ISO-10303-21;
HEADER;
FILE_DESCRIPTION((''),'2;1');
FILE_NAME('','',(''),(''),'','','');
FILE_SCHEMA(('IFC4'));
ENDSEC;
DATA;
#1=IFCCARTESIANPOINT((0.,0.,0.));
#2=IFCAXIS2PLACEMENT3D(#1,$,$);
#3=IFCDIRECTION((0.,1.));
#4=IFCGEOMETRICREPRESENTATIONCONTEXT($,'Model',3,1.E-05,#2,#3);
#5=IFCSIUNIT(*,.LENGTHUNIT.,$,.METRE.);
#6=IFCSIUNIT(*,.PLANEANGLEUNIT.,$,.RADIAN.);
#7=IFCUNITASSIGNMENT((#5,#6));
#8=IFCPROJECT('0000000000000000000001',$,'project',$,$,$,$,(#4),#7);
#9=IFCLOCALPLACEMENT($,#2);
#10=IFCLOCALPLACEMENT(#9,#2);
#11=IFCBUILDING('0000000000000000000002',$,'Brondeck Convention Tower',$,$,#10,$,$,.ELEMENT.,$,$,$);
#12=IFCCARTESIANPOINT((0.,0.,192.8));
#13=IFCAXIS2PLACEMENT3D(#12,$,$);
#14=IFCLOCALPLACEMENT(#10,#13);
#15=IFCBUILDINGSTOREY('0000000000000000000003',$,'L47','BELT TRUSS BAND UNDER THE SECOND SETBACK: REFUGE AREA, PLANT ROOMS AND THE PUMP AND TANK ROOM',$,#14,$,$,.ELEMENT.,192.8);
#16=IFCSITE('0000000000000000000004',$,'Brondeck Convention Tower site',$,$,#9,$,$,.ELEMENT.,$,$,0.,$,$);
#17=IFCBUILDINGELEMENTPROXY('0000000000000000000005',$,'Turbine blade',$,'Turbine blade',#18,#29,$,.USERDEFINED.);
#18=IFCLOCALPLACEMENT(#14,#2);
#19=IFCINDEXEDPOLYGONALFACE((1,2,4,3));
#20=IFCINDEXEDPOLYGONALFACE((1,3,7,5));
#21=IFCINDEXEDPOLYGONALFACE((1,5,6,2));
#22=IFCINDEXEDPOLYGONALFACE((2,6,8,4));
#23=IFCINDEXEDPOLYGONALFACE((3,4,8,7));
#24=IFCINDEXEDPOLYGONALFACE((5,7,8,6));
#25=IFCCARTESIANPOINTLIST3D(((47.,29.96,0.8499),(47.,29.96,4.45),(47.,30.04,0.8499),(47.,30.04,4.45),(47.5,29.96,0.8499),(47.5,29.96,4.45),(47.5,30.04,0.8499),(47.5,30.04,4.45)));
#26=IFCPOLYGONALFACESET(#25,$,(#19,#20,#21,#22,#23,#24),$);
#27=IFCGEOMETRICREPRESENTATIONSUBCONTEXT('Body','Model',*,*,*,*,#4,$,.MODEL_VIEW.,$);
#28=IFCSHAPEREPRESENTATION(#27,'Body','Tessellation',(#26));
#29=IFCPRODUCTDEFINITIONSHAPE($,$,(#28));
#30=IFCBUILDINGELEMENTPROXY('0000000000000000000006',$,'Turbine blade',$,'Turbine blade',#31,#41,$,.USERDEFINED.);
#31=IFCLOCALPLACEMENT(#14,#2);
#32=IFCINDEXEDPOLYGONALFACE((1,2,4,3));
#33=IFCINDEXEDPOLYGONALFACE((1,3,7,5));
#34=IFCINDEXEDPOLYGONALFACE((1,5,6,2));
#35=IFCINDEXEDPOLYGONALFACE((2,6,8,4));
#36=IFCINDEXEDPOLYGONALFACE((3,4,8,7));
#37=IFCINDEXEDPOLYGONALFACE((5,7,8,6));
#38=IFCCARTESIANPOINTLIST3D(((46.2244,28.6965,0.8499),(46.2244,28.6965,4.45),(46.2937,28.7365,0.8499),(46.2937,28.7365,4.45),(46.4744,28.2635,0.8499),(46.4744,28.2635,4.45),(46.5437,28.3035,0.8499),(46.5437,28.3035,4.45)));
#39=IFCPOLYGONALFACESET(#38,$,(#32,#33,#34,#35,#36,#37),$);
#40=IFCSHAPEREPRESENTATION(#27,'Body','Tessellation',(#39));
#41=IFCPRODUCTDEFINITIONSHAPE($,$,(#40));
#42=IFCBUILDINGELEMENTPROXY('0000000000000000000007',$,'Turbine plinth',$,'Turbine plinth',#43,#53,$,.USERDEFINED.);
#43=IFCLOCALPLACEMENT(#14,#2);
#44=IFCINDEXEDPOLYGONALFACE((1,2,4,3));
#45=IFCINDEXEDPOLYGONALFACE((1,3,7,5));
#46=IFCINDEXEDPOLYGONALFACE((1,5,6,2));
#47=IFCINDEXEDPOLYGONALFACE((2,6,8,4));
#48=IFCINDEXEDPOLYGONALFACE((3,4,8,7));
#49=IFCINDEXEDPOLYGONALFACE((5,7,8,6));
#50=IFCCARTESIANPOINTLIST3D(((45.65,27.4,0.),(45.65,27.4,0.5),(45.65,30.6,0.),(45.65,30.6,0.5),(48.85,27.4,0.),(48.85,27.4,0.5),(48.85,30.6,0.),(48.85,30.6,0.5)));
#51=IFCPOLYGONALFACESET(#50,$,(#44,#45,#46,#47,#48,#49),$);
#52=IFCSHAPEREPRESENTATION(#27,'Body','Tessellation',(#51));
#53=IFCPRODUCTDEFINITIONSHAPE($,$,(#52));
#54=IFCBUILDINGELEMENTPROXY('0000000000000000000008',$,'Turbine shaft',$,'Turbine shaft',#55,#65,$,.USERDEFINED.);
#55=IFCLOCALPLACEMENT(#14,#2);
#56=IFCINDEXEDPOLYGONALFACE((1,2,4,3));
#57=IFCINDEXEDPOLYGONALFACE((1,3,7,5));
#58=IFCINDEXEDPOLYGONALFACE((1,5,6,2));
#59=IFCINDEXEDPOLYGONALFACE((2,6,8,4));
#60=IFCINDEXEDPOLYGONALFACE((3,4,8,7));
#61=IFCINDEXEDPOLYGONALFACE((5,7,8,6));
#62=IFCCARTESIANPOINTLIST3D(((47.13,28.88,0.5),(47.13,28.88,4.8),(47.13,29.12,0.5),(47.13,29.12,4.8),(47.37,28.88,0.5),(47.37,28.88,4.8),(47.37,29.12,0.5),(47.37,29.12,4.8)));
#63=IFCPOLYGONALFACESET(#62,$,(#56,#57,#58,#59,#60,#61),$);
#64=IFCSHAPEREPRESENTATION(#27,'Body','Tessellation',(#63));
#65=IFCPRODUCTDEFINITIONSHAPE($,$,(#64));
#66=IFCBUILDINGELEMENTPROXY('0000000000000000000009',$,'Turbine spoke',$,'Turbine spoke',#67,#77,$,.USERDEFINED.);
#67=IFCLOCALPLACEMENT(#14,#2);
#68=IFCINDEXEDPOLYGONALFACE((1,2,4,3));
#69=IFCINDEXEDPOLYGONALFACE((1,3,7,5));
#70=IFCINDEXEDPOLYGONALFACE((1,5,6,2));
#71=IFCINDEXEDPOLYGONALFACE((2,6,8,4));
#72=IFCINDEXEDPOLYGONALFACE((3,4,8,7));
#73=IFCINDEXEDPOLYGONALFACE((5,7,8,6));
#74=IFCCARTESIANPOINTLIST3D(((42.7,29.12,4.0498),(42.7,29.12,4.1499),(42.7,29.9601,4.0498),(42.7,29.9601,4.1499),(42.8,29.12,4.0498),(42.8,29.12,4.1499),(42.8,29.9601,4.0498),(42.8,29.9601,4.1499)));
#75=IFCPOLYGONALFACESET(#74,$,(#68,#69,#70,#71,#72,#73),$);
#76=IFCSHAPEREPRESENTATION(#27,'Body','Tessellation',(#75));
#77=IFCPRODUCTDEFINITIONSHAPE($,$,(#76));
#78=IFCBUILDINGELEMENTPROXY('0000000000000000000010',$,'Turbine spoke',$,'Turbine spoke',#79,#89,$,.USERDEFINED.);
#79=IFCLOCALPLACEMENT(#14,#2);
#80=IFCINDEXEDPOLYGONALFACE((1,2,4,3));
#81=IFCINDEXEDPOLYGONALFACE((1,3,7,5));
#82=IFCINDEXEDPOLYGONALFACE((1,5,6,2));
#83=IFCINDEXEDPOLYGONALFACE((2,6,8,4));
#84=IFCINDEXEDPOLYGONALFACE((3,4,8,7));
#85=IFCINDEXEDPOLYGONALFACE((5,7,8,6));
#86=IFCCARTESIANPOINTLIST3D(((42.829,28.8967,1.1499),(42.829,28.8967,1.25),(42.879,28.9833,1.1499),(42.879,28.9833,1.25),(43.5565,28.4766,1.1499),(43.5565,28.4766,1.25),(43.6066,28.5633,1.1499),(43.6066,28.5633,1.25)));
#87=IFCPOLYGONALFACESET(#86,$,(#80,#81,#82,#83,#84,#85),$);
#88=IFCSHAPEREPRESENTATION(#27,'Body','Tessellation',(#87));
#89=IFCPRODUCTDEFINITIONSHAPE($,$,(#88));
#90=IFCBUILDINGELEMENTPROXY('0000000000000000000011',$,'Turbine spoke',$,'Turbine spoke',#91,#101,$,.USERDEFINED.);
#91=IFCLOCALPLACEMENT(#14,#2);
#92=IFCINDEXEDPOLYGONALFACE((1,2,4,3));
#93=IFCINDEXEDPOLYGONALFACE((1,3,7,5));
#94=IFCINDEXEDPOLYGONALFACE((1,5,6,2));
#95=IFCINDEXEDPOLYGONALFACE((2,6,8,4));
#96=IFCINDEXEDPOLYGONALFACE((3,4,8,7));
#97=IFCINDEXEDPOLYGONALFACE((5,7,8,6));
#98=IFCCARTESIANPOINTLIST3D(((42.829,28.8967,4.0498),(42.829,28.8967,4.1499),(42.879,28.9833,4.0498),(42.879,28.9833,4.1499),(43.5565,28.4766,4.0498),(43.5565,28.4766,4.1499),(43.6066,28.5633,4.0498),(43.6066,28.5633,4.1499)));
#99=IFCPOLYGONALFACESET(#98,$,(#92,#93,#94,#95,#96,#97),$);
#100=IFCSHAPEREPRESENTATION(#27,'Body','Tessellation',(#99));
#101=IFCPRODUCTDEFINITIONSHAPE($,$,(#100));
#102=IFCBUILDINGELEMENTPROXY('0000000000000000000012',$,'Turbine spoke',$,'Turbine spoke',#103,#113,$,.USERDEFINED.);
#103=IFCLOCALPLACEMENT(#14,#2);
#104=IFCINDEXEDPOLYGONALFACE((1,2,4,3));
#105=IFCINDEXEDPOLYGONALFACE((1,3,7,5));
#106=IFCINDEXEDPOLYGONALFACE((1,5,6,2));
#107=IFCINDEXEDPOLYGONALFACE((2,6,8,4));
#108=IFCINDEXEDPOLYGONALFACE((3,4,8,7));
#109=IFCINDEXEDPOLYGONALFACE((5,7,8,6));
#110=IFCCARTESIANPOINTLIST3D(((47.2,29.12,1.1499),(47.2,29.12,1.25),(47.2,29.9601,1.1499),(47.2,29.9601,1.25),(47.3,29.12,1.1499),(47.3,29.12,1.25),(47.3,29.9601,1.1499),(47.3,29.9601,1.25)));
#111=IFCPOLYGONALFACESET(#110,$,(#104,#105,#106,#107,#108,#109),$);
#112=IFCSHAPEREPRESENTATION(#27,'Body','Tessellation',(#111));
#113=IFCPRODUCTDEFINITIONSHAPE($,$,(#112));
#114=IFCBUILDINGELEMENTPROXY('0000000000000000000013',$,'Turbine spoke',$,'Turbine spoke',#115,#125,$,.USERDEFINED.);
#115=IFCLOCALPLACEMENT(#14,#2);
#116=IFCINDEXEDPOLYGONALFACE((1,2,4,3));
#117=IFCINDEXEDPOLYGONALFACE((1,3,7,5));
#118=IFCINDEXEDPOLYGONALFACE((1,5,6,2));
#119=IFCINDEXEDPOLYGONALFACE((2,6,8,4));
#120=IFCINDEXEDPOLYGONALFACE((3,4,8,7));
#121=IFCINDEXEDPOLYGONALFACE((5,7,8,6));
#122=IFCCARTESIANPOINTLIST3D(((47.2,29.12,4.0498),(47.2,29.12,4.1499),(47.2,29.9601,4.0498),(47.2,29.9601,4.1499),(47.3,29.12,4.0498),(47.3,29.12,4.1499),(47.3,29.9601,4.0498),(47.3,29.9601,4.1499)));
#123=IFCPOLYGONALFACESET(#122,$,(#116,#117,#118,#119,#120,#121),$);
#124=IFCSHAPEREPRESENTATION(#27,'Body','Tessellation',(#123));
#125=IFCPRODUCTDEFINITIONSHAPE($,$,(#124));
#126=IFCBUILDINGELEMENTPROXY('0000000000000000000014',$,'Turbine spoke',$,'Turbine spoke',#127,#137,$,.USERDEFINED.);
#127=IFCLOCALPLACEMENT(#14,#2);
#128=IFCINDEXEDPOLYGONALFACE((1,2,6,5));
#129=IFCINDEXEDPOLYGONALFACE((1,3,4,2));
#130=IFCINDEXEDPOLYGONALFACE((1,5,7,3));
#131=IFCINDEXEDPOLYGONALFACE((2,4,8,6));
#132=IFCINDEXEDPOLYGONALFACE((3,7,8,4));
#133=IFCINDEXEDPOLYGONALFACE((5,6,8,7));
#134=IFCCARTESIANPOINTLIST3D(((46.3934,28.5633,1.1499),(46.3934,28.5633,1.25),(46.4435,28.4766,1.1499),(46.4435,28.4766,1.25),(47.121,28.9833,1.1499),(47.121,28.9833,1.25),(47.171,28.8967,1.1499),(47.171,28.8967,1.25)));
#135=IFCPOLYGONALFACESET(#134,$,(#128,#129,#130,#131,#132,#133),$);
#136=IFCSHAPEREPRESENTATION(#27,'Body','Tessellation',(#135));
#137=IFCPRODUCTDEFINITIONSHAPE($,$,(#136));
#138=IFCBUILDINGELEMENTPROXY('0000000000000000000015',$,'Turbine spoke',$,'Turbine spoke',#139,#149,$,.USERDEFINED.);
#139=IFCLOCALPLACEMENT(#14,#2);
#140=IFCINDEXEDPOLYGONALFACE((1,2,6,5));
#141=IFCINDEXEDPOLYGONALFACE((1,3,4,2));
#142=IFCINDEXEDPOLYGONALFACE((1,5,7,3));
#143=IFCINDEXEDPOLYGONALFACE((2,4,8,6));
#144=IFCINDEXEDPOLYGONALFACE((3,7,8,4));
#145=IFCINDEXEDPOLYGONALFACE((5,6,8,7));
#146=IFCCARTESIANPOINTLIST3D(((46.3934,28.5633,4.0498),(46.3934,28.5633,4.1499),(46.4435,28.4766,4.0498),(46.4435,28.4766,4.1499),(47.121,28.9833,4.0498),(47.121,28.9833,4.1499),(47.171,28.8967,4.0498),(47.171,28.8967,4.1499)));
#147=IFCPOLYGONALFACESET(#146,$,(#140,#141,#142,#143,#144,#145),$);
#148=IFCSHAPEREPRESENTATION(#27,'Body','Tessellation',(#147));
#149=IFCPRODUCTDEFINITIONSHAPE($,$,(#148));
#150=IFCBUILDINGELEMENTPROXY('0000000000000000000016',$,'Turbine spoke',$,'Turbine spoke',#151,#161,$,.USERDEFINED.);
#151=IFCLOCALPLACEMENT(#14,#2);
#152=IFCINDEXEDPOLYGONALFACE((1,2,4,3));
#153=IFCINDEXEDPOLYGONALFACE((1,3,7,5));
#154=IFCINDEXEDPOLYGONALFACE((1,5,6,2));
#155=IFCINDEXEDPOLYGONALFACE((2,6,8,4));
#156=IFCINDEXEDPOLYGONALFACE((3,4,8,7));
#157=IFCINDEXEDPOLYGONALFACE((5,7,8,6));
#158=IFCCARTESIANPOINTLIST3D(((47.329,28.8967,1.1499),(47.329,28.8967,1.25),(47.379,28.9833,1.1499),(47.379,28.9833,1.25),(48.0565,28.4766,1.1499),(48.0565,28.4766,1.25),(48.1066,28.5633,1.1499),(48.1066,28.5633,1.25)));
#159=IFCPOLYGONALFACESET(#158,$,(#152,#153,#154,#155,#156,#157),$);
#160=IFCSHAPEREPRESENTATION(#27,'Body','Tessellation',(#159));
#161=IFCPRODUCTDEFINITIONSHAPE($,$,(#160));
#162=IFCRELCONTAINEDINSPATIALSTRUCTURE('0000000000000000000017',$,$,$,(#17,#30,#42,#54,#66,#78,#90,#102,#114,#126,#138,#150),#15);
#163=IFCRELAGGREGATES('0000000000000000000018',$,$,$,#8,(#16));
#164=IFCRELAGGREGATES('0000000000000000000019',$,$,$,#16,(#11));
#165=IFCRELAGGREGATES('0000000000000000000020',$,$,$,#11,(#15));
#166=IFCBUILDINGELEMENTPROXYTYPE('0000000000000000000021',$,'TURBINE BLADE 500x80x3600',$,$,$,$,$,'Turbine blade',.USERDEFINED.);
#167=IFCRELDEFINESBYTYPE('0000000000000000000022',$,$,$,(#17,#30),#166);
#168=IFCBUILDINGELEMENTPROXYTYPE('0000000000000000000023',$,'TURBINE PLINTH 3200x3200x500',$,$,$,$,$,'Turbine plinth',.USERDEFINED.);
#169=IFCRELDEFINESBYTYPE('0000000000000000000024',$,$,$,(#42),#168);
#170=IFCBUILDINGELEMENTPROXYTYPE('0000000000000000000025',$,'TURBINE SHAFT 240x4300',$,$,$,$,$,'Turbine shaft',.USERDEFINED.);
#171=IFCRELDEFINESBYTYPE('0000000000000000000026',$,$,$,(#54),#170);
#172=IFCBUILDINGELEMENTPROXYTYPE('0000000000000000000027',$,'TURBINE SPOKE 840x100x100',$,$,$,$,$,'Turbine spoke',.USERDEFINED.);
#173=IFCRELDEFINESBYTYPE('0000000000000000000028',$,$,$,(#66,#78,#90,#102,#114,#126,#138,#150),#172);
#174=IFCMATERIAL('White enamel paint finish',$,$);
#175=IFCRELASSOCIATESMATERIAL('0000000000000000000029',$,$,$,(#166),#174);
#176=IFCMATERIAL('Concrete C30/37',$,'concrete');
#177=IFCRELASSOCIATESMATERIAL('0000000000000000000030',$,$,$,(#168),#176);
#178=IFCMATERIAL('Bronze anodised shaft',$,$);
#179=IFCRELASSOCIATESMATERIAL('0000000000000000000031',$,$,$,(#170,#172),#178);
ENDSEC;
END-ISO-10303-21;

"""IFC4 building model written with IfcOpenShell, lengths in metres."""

from ifc_helpers import new_model, si_unit, direction, frame, origin, origin_2d, place, context, subcontext, project, spatial, rectangle, extrude, material, type_object, element, save


model = new_model("IFC4")

# Units and contexts
model_context = context("Model", 3, precision=1e-05, world=origin(), true_north=direction((0.0, 1.0)))
body_context = subcontext(model_context, "Body", "Model", "MODEL_VIEW")
ifc_project = project(units=[si_unit("LENGTHUNIT", "METRE"), si_unit("PLANEANGLEUNIT", "RADIAN")], contexts=[model_context])

# Site, building, storey
site_placement = place(None, origin())
site = spatial("IfcSite", under=ifc_project, at=site_placement, Name="Brondeck Convention Tower site", CompositionType="ELEMENT", RefElevation=0.0)
building_placement = place(site_placement, origin())
building = spatial("IfcBuilding", under=site, at=building_placement, Name="Brondeck Convention Tower", CompositionType="ELEMENT")
storey_placement = place(building_placement, frame((0.0, 0.0, 192.8)))
storey = spatial("IfcBuildingStorey", under=building, at=storey_placement, Name="L47", Description="BELT TRUSS BAND UNDER THE SECOND SETBACK: REFUGE AREA, PLANT ROOMS AND THE PUMP AND TANK ROOM", CompositionType="ELEMENT", Elevation=192.8)

# Building element proxies
ifc_material_1 = material(Name="White enamel paint finish")
building_element_proxy_type_1 = type_object("IfcBuildingElementProxyType", Name="TURBINE BLADE 500x80x3600", ElementType="Turbine blade", PredefinedType="USERDEFINED", material=ifc_material_1)
for number, where, z_axis, x_axis, name in (
    (1, (47.25, 30.0, 0.8499), (0.0, 0.0, 1.0), (-1.0, 0.0, 0.0), "Turbine blade"),
    (2, (46.384, 28.5, 0.8499), (0.0, 0.0, 1.0), (0.5, -0.866025, 0.0), "Turbine blade"),
):
    element("IfcBuildingElementProxy", number, at=place(storey_placement, frame(where, z_axis=z_axis, x_axis=x_axis)), inside=storey, type_object=building_element_proxy_type_1, Name=name, ObjectType="Turbine blade", PredefinedType="USERDEFINED", context=body_context, shape_type="SweptSolid", body=[
        extrude(rectangle(XDim=0.5, YDim=0.0801, at=origin_2d()), origin(), (0.0, 0.0, 1.0), 3.6001),
    ])
ifc_material_2 = material(Name="Concrete C30/37", Category="concrete")
building_element_proxy_type_2 = type_object("IfcBuildingElementProxyType", Name="TURBINE PLINTH 3200x3200x500", ElementType="Turbine plinth", PredefinedType="USERDEFINED", material=ifc_material_2)
proxy_1_placement = place(storey_placement, frame((47.25, 29.0, 0.0), z_axis=(0.0, 0.0, 1.0), x_axis=(1.0, 0.0, 0.0)))
element("IfcBuildingElementProxy", 3, at=proxy_1_placement, inside=storey, type_object=building_element_proxy_type_2, Name="Turbine plinth", ObjectType="Turbine plinth", PredefinedType="USERDEFINED", context=body_context, shape_type="SweptSolid", body=[
    extrude(rectangle(XDim=3.2, YDim=3.2, at=origin_2d()), origin(), (0.0, 0.0, 1.0), 0.5),
])
ifc_material_3 = material(Name="Bronze anodised shaft")
building_element_proxy_type_3 = type_object("IfcBuildingElementProxyType", Name="TURBINE SHAFT 240x4300", ElementType="Turbine shaft", PredefinedType="USERDEFINED", material=ifc_material_3)
proxy_2_placement = place(storey_placement, frame((47.25, 29.0, 0.5), z_axis=(0.0, 0.0, 1.0), x_axis=(1.0, 0.0, 0.0)))
element("IfcBuildingElementProxy", 4, at=proxy_2_placement, inside=storey, type_object=building_element_proxy_type_3, Name="Turbine shaft", ObjectType="Turbine shaft", PredefinedType="USERDEFINED", context=body_context, shape_type="SweptSolid", body=[
    extrude(rectangle(XDim=0.24, YDim=0.24, at=origin_2d()), origin(), (0.0, 0.0, 1.0), 4.3),
])
building_element_proxy_type_4 = type_object("IfcBuildingElementProxyType", Name="TURBINE SPOKE 840x100x100", ElementType="Turbine spoke", PredefinedType="USERDEFINED", material=ifc_material_3)
for number, where, z_axis, x_axis, name in (
    (5, (42.75, 29.54, 4.0498), (0.0, 0.0, 1.0), (0.0, 1.0, 0.0), "Turbine spoke"),
    (6, (43.2178, 28.73, 1.1499), (0.0, 0.0, 1.0), (0.866025, -0.5, 0.0), "Turbine spoke"),
    (7, (43.2178, 28.73, 4.0498), (0.0, 0.0, 1.0), (0.866025, -0.5, 0.0), "Turbine spoke"),
    (8, (47.25, 29.54, 1.1499), (0.0, 0.0, 1.0), (0.0, 1.0, 0.0), "Turbine spoke"),
    (9, (47.25, 29.54, 4.0498), (0.0, 0.0, 1.0), (0.0, 1.0, 0.0), "Turbine spoke"),
    (10, (46.7822, 28.73, 1.1499), (0.0, 0.0, 1.0), (-0.866025, -0.5, 0.0), "Turbine spoke"),
    (11, (46.7822, 28.73, 4.0498), (0.0, 0.0, 1.0), (-0.866025, -0.5, 0.0), "Turbine spoke"),
    (12, (47.7178, 28.73, 1.1499), (0.0, 0.0, 1.0), (0.866025, -0.5, 0.0), "Turbine spoke"),
):
    element("IfcBuildingElementProxy", number, at=place(storey_placement, frame(where, z_axis=z_axis, x_axis=x_axis)), inside=storey, type_object=building_element_proxy_type_4, Name=name, ObjectType="Turbine spoke", PredefinedType="USERDEFINED", context=body_context, shape_type="SweptSolid", body=[
        extrude(rectangle(XDim=0.8401, YDim=0.1001, at=origin_2d()), origin(), (0.0, 0.0, 1.0), 0.1001),
    ])

save(model, "model.ifc")
